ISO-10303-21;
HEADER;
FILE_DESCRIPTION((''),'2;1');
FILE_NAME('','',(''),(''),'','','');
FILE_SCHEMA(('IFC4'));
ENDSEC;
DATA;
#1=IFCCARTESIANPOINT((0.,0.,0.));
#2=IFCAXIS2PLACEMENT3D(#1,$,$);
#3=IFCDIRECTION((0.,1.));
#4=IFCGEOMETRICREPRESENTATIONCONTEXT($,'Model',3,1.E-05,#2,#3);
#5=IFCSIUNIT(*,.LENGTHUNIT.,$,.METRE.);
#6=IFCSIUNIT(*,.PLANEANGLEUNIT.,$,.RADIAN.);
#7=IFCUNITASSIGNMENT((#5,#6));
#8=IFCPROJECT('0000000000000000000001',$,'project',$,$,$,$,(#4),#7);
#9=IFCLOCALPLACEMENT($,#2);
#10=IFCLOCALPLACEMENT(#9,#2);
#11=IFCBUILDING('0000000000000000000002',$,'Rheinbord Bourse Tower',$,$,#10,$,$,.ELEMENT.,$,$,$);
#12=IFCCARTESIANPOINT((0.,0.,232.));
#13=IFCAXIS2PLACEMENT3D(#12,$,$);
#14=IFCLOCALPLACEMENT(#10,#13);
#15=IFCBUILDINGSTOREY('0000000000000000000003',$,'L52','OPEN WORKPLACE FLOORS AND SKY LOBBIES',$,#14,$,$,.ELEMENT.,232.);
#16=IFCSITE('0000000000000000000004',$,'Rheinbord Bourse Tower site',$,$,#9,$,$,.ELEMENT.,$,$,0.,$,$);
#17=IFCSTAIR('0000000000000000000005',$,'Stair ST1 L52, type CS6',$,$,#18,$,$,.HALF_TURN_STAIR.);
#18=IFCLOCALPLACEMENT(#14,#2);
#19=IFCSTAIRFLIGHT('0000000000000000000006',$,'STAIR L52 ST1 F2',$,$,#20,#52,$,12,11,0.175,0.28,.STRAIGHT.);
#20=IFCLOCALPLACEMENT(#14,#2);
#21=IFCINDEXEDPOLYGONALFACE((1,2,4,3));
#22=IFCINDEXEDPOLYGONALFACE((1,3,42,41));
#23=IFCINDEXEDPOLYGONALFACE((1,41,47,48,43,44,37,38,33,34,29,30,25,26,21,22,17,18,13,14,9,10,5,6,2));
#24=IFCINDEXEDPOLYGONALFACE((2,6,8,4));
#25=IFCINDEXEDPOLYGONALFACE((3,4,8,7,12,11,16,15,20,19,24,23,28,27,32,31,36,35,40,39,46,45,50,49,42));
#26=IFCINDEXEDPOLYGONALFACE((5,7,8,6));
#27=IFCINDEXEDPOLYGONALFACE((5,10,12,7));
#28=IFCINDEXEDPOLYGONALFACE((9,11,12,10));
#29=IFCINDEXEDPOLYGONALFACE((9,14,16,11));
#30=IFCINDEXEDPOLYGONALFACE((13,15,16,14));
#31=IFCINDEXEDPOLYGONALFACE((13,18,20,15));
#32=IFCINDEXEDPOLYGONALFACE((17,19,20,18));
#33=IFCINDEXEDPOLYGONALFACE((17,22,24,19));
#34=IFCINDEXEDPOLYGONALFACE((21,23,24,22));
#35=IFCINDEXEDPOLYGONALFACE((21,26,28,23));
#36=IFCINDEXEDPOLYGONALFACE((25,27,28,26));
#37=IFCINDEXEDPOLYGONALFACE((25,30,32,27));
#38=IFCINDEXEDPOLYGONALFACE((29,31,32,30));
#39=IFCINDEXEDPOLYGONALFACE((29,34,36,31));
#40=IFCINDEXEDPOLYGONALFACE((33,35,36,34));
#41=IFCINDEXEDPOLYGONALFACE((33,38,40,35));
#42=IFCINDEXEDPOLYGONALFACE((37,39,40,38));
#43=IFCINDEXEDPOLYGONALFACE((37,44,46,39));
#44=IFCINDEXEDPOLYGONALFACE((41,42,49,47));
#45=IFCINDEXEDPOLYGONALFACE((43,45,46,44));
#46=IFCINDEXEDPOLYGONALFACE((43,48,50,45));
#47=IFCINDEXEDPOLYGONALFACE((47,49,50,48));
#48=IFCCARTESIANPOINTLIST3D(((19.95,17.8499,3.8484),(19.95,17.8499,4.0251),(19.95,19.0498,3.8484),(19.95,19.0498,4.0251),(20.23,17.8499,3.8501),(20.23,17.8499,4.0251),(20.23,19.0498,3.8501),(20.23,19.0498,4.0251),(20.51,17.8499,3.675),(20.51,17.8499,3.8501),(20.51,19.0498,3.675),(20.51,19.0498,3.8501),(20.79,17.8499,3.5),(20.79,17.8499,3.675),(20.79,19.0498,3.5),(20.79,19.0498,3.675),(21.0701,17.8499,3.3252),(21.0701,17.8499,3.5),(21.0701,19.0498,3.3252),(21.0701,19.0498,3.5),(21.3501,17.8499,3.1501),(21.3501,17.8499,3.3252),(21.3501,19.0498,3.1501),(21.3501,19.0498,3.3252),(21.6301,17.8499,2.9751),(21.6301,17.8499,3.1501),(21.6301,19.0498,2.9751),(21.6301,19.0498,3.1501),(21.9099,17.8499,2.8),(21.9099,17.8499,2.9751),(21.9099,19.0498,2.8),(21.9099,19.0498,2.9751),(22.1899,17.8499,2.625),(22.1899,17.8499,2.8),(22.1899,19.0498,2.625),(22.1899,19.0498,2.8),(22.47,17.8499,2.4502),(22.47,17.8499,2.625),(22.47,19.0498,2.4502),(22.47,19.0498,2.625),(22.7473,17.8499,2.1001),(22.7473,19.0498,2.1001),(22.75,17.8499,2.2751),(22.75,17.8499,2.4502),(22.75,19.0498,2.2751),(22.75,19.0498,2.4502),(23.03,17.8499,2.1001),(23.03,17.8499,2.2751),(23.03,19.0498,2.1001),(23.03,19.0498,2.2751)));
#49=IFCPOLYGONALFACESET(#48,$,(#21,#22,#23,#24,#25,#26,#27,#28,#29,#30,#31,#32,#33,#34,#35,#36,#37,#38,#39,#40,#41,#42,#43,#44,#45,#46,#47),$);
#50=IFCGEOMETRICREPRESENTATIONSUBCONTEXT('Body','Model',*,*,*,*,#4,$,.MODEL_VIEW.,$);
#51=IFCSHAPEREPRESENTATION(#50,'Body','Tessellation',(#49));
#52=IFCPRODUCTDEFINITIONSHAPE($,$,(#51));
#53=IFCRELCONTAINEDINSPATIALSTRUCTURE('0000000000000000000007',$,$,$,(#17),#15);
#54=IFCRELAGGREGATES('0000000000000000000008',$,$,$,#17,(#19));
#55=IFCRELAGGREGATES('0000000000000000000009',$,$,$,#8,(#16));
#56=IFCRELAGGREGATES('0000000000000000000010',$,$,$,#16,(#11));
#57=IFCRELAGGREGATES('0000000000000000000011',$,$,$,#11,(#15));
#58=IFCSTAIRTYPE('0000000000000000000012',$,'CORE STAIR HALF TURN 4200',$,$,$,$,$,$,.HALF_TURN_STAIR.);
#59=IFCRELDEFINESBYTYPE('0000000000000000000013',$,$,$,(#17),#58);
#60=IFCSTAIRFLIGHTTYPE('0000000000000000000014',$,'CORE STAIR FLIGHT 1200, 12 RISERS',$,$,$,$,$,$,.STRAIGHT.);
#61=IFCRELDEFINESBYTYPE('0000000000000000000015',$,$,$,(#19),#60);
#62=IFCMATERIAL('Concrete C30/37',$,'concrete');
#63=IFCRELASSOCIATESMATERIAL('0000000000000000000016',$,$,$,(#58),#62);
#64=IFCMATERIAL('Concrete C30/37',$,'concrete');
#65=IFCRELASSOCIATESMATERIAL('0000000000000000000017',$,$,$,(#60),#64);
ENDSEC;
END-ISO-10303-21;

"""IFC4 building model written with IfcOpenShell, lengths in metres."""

from ifc_helpers import new_model, si_unit, direction, frame, origin, place, context, subcontext, project, spatial, polyline, outline, extrude, material, type_object, element, aggregate, save


model = new_model("IFC4")

# Units and contexts
model_context = context("Model", 3, precision=1e-05, world=origin(), true_north=direction((0.0, 1.0)))
body_context = subcontext(model_context, "Body", "Model", "MODEL_VIEW")
ifc_project = project(units=[si_unit("LENGTHUNIT", "METRE"), si_unit("PLANEANGLEUNIT", "RADIAN")], contexts=[model_context])

# Site, building, storey
site_placement = place(None, origin())
site = spatial("IfcSite", under=ifc_project, at=site_placement, Name="Rheinbord Bourse Tower site", CompositionType="ELEMENT", RefElevation=0.0)
building_placement = place(site_placement, origin())
building = spatial("IfcBuilding", under=site, at=building_placement, Name="Rheinbord Bourse Tower", CompositionType="ELEMENT")
storey_placement = place(building_placement, frame((0.0, 0.0, 232.0)))
storey = spatial("IfcBuildingStorey", under=building, at=storey_placement, Name="L52", Description="OPEN WORKPLACE FLOORS AND SKY LOBBIES", CompositionType="ELEMENT", Elevation=232.0)

# Stair, stair flight
ifc_material_1 = material(Name="Concrete C30/37", Category="concrete")
stair_type = type_object("IfcStairType", Name="CORE STAIR HALF TURN 4200", PredefinedType="HALF_TURN_STAIR", material=ifc_material_1)
stair_placement = place(storey_placement, origin())
stair = element("IfcStair", 1, at=stair_placement, inside=storey, type_object=stair_type, Name="Stair ST1 L52, type CS6", PredefinedType="HALF_TURN_STAIR")
ifc_material_2 = material(Name="Concrete C30/37", Category="concrete")
stair_flight_type = type_object("IfcStairFlightType", Name="CORE STAIR FLIGHT 1200, 12 RISERS", PredefinedType="STRAIGHT", material=ifc_material_2)
stair_flight_placement = place(storey_placement, frame((23.03, 18.45, 2.1001), z_axis=(0.0, 0.0, 1.0), x_axis=(-1.0, 0.0, 0.0)))
stair_flight = element("IfcStairFlight", 2, at=stair_flight_placement, type_object=stair_flight_type, Name="STAIR L52 ST1 F2", NumberOfRisers=12, NumberOfTreads=11, PredefinedType="STRAIGHT", RiserHeight=0.175, TreadLength=0.28, context=body_context, shape_type="SweptSolid", body=[
    extrude(outline(polyline([(0.0, 0.0), (0.0, 0.175), (0.28, 0.175), (0.28, 0.3501), (0.5601, 0.3501), (0.5601, 0.5249), (0.8401, 0.5249), (0.8401, 0.7), (1.1201, 0.7), (1.1201, 0.875), (1.3999, 0.875), (1.3999, 1.05), (1.6799, 1.05), (1.6799, 1.2251), (1.96, 1.2251), (1.96, 1.3999), (2.24, 1.3999), (2.24, 1.575), (2.52, 1.575), (2.52, 1.75), (2.8, 1.75), (2.8, 1.925), (3.0801, 1.925), (3.0801, 2.1001), (3.0801, 1.7483), (0.2827, 0.0), (0.0, 0.0)])), frame((0.0, 0.6001, 0.0), z_axis=(0.0, -1.0, 0.0), x_axis=(1.0, 0.0, 0.0)), (0.0, 0.0, 1.0), 1.2),
])
aggregate(stair, [stair_flight])

save(model, "model.ifc")
